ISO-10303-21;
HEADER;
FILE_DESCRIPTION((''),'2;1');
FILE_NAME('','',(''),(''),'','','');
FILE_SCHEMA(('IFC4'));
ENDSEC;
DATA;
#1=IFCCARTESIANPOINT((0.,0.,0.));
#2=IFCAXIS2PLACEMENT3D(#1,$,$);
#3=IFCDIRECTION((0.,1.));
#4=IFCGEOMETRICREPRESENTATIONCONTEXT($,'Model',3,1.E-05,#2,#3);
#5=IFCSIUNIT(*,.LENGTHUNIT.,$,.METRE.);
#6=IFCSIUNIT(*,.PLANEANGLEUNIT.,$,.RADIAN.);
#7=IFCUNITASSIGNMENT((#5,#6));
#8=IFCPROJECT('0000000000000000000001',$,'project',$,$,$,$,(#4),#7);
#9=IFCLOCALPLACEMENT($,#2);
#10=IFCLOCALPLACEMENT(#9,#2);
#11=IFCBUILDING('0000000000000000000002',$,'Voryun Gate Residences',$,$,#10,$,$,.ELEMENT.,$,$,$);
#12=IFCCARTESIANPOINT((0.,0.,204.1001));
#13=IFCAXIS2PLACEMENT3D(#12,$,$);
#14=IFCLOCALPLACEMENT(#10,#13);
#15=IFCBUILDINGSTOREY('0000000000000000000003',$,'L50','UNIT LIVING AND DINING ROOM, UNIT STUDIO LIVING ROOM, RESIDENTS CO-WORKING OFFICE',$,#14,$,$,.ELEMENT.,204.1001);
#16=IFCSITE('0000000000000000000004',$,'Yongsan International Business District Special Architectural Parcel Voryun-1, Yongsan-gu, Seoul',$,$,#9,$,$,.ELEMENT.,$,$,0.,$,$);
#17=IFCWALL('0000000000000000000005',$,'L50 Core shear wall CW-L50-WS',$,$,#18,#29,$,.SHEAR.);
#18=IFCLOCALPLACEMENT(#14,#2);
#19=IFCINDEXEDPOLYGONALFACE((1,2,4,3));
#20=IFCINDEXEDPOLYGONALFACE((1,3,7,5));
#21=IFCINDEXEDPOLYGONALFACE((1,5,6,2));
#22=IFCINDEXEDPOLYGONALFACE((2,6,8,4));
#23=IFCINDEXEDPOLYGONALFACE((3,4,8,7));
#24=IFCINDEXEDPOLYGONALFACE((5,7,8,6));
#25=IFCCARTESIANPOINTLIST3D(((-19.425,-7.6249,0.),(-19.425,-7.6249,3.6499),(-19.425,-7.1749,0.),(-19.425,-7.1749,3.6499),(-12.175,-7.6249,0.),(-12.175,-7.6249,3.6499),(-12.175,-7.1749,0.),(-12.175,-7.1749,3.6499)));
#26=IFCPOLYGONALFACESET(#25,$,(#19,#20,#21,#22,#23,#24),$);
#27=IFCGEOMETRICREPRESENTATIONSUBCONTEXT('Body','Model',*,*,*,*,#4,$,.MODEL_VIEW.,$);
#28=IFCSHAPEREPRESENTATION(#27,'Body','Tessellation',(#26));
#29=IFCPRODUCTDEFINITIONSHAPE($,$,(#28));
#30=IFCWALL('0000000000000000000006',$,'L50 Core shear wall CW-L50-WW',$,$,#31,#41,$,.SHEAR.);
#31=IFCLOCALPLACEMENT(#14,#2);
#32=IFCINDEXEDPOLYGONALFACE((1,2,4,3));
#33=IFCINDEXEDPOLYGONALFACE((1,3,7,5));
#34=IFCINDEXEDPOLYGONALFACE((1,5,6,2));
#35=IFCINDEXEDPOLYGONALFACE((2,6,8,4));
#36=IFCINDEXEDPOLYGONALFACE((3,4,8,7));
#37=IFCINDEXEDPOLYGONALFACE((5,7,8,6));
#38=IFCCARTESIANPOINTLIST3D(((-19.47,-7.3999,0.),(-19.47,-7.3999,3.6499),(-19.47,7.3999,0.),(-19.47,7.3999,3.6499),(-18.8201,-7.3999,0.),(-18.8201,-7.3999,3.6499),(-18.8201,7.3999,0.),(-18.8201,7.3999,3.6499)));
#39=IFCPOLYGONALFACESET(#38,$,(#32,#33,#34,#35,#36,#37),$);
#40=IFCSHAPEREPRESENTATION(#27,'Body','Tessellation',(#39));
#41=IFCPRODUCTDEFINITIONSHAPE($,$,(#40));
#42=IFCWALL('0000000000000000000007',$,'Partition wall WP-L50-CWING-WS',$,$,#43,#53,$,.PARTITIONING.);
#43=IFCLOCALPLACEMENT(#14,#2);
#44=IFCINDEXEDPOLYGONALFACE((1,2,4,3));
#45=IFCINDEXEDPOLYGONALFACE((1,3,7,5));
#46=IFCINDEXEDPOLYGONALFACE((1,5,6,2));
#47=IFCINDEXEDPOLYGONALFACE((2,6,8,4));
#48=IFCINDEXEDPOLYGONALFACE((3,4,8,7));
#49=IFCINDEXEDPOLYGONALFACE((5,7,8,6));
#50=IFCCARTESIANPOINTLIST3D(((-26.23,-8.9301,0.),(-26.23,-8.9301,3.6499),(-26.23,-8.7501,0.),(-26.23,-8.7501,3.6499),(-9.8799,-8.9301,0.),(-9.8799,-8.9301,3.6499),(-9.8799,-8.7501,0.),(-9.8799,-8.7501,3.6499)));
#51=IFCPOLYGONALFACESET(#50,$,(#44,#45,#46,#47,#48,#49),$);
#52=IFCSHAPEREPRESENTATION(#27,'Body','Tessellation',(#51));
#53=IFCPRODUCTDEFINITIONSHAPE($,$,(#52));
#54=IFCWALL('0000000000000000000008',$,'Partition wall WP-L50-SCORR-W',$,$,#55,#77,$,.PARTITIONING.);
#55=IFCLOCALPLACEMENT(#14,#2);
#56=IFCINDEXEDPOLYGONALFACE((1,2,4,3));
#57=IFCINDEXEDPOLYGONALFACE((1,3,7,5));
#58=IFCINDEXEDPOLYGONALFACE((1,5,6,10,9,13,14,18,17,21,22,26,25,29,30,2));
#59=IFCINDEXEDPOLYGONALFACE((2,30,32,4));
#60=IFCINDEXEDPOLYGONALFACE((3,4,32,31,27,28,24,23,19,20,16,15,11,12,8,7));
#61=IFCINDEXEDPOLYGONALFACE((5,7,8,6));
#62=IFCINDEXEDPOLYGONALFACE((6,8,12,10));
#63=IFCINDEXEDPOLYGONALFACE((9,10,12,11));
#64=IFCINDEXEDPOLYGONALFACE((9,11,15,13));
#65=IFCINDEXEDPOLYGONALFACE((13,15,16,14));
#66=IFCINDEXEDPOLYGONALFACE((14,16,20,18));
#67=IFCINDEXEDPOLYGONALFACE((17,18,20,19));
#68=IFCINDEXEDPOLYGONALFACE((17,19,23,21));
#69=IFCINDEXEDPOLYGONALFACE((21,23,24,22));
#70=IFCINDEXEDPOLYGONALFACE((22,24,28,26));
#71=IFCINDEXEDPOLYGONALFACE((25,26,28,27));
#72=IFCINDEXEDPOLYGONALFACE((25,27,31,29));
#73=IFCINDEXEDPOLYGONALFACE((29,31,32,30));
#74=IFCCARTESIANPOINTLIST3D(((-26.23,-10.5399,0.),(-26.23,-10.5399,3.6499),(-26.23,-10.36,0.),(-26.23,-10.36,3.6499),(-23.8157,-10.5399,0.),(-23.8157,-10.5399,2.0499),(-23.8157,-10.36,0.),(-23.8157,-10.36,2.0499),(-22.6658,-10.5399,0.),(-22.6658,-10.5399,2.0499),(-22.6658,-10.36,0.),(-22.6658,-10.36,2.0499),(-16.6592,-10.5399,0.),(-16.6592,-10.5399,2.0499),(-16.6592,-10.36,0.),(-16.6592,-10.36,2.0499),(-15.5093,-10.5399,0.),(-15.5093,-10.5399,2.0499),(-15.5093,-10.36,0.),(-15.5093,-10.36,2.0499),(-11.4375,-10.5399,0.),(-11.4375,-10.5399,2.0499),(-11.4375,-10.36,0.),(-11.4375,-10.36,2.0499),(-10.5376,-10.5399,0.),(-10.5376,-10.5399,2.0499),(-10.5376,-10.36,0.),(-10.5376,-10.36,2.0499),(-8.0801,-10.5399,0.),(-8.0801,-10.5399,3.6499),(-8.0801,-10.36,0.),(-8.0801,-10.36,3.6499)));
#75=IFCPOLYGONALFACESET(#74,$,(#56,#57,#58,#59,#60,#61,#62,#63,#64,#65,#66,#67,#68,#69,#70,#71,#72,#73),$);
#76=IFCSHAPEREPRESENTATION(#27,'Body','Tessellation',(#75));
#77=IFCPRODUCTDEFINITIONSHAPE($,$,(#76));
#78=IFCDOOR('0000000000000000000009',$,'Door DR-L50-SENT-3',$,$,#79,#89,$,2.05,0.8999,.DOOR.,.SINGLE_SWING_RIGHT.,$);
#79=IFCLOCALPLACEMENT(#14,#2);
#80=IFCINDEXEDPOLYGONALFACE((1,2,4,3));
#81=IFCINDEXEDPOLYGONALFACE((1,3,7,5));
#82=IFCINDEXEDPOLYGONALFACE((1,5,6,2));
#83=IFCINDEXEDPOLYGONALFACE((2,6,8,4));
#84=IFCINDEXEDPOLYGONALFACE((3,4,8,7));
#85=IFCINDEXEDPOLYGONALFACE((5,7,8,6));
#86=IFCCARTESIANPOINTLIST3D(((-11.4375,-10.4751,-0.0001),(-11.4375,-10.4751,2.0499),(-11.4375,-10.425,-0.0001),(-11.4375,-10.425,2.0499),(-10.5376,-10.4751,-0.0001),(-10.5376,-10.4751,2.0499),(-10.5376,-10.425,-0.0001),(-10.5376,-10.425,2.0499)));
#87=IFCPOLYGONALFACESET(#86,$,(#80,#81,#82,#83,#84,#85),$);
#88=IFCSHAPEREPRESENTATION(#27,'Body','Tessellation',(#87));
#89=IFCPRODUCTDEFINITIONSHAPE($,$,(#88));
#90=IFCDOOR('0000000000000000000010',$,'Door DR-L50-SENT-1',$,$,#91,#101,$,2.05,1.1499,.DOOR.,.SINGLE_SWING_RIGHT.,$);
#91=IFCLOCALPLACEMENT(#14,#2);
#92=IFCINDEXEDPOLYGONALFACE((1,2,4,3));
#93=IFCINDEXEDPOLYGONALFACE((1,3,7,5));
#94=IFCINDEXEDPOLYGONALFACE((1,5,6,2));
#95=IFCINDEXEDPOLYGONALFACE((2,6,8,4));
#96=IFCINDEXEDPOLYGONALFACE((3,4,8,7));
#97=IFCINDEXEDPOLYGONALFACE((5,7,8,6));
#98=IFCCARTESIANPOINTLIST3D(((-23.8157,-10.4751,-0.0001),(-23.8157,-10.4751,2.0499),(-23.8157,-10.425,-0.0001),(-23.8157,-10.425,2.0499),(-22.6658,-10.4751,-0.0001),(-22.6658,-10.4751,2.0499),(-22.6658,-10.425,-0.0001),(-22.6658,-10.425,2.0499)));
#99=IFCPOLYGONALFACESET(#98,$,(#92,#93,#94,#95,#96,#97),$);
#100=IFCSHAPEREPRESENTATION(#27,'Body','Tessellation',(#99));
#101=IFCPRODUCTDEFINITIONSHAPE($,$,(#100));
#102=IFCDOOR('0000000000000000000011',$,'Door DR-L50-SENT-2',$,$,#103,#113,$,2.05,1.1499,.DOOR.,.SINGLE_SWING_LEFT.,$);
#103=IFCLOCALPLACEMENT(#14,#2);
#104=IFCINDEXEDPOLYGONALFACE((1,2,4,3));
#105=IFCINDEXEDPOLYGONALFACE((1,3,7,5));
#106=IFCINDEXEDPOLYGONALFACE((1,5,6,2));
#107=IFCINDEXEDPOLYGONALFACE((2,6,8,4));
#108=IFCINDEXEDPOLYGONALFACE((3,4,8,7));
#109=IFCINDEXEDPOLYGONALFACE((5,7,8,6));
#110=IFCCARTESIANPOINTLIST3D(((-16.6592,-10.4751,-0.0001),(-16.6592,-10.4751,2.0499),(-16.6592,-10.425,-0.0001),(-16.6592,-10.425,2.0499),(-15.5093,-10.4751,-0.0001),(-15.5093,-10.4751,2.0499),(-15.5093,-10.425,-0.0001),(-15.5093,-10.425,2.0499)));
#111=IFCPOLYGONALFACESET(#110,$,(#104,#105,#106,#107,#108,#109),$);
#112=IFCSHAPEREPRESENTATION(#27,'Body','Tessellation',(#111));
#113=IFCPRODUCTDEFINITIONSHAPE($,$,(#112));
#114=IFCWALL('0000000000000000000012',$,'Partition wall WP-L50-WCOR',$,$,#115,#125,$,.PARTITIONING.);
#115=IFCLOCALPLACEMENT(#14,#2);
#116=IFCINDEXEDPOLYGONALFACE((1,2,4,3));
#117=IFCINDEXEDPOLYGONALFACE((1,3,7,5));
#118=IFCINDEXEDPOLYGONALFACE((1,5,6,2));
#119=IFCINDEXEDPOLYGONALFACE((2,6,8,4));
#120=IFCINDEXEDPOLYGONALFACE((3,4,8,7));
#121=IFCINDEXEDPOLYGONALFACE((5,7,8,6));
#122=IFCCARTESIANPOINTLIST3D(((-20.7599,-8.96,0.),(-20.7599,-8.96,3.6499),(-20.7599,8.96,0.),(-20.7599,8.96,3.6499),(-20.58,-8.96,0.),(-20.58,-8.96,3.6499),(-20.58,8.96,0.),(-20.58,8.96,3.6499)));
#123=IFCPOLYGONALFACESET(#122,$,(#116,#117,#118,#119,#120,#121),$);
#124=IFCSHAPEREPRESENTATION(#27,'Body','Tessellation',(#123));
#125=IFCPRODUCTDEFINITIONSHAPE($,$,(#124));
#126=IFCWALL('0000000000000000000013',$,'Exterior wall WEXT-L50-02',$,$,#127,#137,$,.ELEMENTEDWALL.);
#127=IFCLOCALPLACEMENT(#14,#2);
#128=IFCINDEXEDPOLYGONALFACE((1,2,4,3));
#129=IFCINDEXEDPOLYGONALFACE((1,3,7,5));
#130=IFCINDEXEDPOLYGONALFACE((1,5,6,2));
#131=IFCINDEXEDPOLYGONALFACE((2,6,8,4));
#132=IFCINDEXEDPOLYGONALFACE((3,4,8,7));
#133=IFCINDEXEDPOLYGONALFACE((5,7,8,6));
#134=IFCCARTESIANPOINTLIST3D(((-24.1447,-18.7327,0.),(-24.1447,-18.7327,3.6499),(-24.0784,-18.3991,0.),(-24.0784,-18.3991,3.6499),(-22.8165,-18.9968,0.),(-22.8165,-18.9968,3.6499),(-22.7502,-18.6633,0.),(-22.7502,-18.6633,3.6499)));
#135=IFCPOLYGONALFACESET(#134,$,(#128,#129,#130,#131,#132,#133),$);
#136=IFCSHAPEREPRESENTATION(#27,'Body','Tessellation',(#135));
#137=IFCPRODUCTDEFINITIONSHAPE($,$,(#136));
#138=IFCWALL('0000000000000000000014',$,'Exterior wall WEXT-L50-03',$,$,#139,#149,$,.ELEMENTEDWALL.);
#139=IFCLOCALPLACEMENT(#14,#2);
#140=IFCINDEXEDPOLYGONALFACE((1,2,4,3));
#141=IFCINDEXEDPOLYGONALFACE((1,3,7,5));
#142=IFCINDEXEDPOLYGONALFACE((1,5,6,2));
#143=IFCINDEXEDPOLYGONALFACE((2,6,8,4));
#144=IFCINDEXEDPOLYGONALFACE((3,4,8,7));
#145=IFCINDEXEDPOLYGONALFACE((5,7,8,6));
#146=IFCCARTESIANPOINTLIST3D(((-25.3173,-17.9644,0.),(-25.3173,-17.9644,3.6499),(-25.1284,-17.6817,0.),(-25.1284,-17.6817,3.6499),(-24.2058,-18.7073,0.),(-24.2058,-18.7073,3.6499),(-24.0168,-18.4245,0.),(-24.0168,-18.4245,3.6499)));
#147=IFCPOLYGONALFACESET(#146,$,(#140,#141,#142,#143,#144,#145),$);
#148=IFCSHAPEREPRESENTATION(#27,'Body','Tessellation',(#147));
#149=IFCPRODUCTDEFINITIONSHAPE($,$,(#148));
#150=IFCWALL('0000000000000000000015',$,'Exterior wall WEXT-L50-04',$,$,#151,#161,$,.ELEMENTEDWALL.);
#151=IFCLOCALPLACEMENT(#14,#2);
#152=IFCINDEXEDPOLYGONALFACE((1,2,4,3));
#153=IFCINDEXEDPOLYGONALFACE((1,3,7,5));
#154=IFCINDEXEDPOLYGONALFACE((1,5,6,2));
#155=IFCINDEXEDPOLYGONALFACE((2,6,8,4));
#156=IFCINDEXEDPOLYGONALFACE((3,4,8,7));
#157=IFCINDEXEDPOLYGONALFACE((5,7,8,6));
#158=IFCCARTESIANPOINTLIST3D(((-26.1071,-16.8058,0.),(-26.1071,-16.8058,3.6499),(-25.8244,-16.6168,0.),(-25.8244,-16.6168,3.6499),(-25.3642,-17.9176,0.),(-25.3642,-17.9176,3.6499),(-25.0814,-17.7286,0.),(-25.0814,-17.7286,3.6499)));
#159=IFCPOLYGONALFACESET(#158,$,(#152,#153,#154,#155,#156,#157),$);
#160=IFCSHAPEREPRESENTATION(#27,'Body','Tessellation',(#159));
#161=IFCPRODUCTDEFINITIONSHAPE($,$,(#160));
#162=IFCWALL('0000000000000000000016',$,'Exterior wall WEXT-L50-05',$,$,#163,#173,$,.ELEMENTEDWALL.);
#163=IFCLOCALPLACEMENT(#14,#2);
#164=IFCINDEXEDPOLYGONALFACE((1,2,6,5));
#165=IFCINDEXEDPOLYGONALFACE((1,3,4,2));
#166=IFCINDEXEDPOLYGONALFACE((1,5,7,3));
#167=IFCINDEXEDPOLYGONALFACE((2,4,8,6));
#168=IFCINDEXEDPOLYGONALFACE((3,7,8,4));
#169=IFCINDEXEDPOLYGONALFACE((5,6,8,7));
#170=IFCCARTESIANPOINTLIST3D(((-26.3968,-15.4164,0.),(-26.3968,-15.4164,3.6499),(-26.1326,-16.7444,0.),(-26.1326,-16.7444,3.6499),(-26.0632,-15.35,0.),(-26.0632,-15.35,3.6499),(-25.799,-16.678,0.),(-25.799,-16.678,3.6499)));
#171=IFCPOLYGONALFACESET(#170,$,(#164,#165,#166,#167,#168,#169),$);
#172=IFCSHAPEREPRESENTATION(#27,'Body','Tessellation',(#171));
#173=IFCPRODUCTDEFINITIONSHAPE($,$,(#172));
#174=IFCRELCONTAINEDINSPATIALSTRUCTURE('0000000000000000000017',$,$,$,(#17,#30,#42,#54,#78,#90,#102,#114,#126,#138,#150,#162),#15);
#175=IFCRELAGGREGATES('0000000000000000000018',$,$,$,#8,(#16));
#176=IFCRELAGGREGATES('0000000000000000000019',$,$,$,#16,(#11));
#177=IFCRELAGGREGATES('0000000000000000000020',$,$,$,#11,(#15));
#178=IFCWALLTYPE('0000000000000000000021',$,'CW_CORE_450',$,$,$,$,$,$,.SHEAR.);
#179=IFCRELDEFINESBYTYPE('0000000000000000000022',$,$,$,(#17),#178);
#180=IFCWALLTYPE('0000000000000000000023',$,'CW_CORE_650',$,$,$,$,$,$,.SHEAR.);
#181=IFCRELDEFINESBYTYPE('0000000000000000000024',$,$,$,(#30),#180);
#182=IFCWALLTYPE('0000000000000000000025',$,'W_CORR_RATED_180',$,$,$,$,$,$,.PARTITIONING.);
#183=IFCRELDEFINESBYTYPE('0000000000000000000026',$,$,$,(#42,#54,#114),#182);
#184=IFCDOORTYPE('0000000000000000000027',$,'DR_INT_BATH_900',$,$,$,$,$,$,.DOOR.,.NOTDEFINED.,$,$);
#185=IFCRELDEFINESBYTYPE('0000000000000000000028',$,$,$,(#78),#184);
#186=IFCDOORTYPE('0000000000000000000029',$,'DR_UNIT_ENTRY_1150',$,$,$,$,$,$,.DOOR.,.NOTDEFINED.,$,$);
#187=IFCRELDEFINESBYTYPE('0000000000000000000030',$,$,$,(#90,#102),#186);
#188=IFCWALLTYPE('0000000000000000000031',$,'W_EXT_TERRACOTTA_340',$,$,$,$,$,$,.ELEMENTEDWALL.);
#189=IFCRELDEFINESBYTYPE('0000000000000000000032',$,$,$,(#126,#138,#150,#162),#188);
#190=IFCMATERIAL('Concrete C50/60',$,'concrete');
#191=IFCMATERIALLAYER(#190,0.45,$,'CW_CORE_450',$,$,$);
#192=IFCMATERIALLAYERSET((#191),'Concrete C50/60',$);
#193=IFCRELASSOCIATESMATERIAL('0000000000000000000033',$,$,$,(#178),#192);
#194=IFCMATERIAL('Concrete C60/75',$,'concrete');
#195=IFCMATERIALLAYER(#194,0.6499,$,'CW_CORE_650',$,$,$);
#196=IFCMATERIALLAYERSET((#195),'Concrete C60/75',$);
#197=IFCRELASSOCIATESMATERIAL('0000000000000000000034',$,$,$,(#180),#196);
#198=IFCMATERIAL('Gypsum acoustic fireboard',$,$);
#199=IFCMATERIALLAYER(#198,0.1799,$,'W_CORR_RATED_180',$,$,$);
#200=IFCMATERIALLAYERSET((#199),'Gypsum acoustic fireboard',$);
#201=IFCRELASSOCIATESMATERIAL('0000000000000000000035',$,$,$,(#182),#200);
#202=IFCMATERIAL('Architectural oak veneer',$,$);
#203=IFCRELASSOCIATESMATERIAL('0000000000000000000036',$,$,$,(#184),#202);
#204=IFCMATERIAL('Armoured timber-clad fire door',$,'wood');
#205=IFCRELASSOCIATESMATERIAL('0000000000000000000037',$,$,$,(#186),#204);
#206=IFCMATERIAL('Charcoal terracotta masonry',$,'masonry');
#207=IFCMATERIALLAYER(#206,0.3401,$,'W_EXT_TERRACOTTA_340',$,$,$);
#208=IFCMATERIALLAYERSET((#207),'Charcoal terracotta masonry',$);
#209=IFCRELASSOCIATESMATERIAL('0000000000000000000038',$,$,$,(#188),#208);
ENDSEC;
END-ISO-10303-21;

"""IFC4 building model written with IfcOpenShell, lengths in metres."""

from ifc_helpers import new_model, si_unit, direction, frame, frame_2d, origin, place, context, subcontext, project, spatial, rectangle, extrude, material, layer, layer_set, type_object, element, fill, save


model = new_model("IFC4")

# Units and contexts
model_context = context("Model", 3, precision=1e-05, world=origin(), true_north=direction((0.0, 1.0)))
body_context = subcontext(model_context, "Body", "Model", "MODEL_VIEW")
ifc_project = project(units=[si_unit("LENGTHUNIT", "METRE"), si_unit("PLANEANGLEUNIT", "RADIAN")], contexts=[model_context])

# Site, building, storey
site_placement = place(None, origin())
site = spatial("IfcSite", under=ifc_project, at=site_placement, Name="Yongsan International Business District Special Architectural Parcel Voryun-1, Yongsan-gu, Seoul", CompositionType="ELEMENT", RefElevation=0.0)
building_placement = place(site_placement, origin())
building = spatial("IfcBuilding", under=site, at=building_placement, Name="Voryun Gate Residences", CompositionType="ELEMENT")
storey_placement = place(building_placement, frame((0.0, 0.0, 204.1001)))
storey = spatial("IfcBuildingStorey", under=building, at=storey_placement, Name="L50", Description="UNIT LIVING AND DINING ROOM, UNIT STUDIO LIVING ROOM, RESIDENTS CO-WORKING OFFICE", CompositionType="ELEMENT", Elevation=204.1001)

# Walls
ifc_material_1 = material(Name="Concrete C50/60", Category="concrete")
ifc_layer_1 = layer(ifc_material_1, 0.45, Name="CW_CORE_450")
ifc_layer_set_1 = layer_set([ifc_layer_1], Name="Concrete C50/60")
wall_type_1 = type_object("IfcWallType", Name="CW_CORE_450", PredefinedType="SHEAR", material=ifc_layer_set_1)
wall_1_placement = place(storey_placement, frame((-19.425, -7.3999, 0.0), z_axis=(0.0, 0.0, 1.0), x_axis=(1.0, 0.0, 0.0)))
element("IfcWall", 1, at=wall_1_placement, inside=storey, type_object=wall_type_1, Name="L50 Core shear wall CW-L50-WS", PredefinedType="SHEAR", context=body_context, shape_type="SweptSolid", body=[
    extrude(rectangle(XDim=7.25, YDim=0.45, at=frame_2d((3.625, 0.0))), origin(), (0.0, 0.0, 1.0), 3.6499),
])
ifc_material_2 = material(Name="Concrete C60/75", Category="concrete")
ifc_layer_2 = layer(ifc_material_2, 0.6499, Name="CW_CORE_650")
ifc_layer_set_2 = layer_set([ifc_layer_2], Name="Concrete C60/75")
wall_type_2 = type_object("IfcWallType", Name="CW_CORE_650", PredefinedType="SHEAR", material=ifc_layer_set_2)
wall_2_placement = place(storey_placement, frame((-19.145, -7.3999, 0.0), z_axis=(0.0, 0.0, 1.0), x_axis=(0.0, 1.0, 0.0)))
element("IfcWall", 2, at=wall_2_placement, inside=storey, type_object=wall_type_2, Name="L50 Core shear wall CW-L50-WW", PredefinedType="SHEAR", context=body_context, shape_type="SweptSolid", body=[
    extrude(rectangle(XDim=14.7998, YDim=0.6499, at=frame_2d((7.3999, 0.0))), origin(), (0.0, 0.0, 1.0), 3.6499),
])
ifc_material_3 = material(Name="Gypsum acoustic fireboard")
ifc_layer_3 = layer(ifc_material_3, 0.1799, Name="W_CORR_RATED_180")
ifc_layer_set_3 = layer_set([ifc_layer_3], Name="Gypsum acoustic fireboard")
wall_type_3 = type_object("IfcWallType", Name="W_CORR_RATED_180", PredefinedType="PARTITIONING", material=ifc_layer_set_3)
wall_3_placement = place(storey_placement, frame((-26.23, -8.8401, 0.0), z_axis=(0.0, 0.0, 1.0), x_axis=(1.0, 0.0, 0.0)))
element("IfcWall", 3, at=wall_3_placement, inside=storey, type_object=wall_type_3, Name="Partition wall WP-L50-CWING-WS", PredefinedType="PARTITIONING", context=body_context, shape_type="SweptSolid", body=[
    extrude(rectangle(XDim=16.3501, YDim=0.1799, at=frame_2d((8.175, 0.0))), origin(), (0.0, 0.0, 1.0), 3.6499),
])

# Wall, openings, doors
wall_4_placement = place(storey_placement, frame((-26.23, -10.45, 0.0), z_axis=(0.0, 0.0, 1.0), x_axis=(1.0, 0.0, 0.0)))
wall_4 = element("IfcWall", 4, at=wall_4_placement, inside=storey, type_object=wall_type_3, Name="Partition wall WP-L50-SCORR-W", PredefinedType="PARTITIONING", context=body_context, shape_type="SweptSolid", body=[
    extrude(rectangle(XDim=18.1499, YDim=0.1799, at=frame_2d((9.075, 0.0))), origin(), (0.0, 0.0, 1.0), 3.6499),
])
opening_1_placement = place(wall_4_placement, frame((2.4143, 0.0, 0.0)))
opening_1 = element("IfcOpeningElement", 5, at=opening_1_placement, cuts=wall_4, PredefinedType="OPENING", context=body_context, shape_type="SweptSolid", body=[
    extrude(rectangle(XDim=1.1499, YDim=2.05, at=frame_2d((0.575, 1.0249))), frame((0.0, 0.0999, 0.0), z_axis=(0.0, -1.0, 0.0), x_axis=(1.0, 0.0, 0.0)), (0.0, 0.0, 1.0), 0.2),
])
opening_2_placement = place(wall_4_placement, frame((9.5708, 0.0, 0.0)))
opening_2 = element("IfcOpeningElement", 6, at=opening_2_placement, cuts=wall_4, PredefinedType="OPENING", context=body_context, shape_type="SweptSolid", body=[
    extrude(rectangle(XDim=1.1499, YDim=2.05, at=frame_2d((0.575, 1.0249))), frame((0.0, 0.0999, 0.0), z_axis=(0.0, -1.0, 0.0), x_axis=(1.0, 0.0, 0.0)), (0.0, 0.0, 1.0), 0.2),
])
opening_3_placement = place(wall_4_placement, frame((14.7925, 0.0, 0.0)))
opening_3 = element("IfcOpeningElement", 7, at=opening_3_placement, cuts=wall_4, PredefinedType="OPENING", context=body_context, shape_type="SweptSolid", body=[
    extrude(rectangle(XDim=0.8999, YDim=2.05, at=frame_2d((0.45, 1.0249))), frame((0.0, 0.0999, 0.0), z_axis=(0.0, -1.0, 0.0), x_axis=(1.0, 0.0, 0.0)), (0.0, 0.0, 1.0), 0.2),
])
ifc_material_4 = material(Name="Architectural oak veneer")
door_type_1 = type_object("IfcDoorType", Name="DR_INT_BATH_900", OperationType="NOTDEFINED", PredefinedType="DOOR", material=ifc_material_4)
door_1_placement = place(opening_3_placement, origin())
door_1 = element("IfcDoor", 8, at=door_1_placement, inside=storey, type_object=door_type_1, Name="Door DR-L50-SENT-3", OperationType="SINGLE_SWING_RIGHT", OverallHeight=2.05, OverallWidth=0.8999, PredefinedType="DOOR", context=body_context, shape_type="SweptSolid", body=[
    extrude(rectangle(XDim=0.8999, YDim=2.05, at=frame_2d((0.45, 1.0249))), frame((0.0, 0.0249, 0.0), z_axis=(0.0, -1.0, 0.0), x_axis=(1.0, 0.0, 0.0)), (0.0, 0.0, 1.0), 0.05),
])
fill(opening_3, door_1)
ifc_material_5 = material(Name="Armoured timber-clad fire door", Category="wood")
door_type_2 = type_object("IfcDoorType", Name="DR_UNIT_ENTRY_1150", OperationType="NOTDEFINED", PredefinedType="DOOR", material=ifc_material_5)
door_2_placement = place(opening_1_placement, origin())
door_2 = element("IfcDoor", 9, at=door_2_placement, inside=storey, type_object=door_type_2, Name="Door DR-L50-SENT-1", OperationType="SINGLE_SWING_RIGHT", OverallHeight=2.05, OverallWidth=1.1499, PredefinedType="DOOR", context=body_context, shape_type="SweptSolid", body=[
    extrude(rectangle(XDim=1.1499, YDim=2.05, at=frame_2d((0.575, 1.0249))), frame((0.0, 0.0249, 0.0), z_axis=(0.0, -1.0, 0.0), x_axis=(1.0, 0.0, 0.0)), (0.0, 0.0, 1.0), 0.05),
])
fill(opening_1, door_2)
door_3_placement = place(opening_2_placement, origin())
door_3 = element("IfcDoor", 10, at=door_3_placement, inside=storey, type_object=door_type_2, Name="Door DR-L50-SENT-2", OperationType="SINGLE_SWING_LEFT", OverallHeight=2.05, OverallWidth=1.1499, PredefinedType="DOOR", context=body_context, shape_type="SweptSolid", body=[
    extrude(rectangle(XDim=1.1499, YDim=2.05, at=frame_2d((0.575, 1.0249))), frame((0.0, 0.0249, 0.0), z_axis=(0.0, -1.0, 0.0), x_axis=(1.0, 0.0, 0.0)), (0.0, 0.0, 1.0), 0.05),
])
fill(opening_2, door_3)

# Walls
wall_5_placement = place(storey_placement, frame((-20.6699, -8.96, 0.0), z_axis=(0.0, 0.0, 1.0), x_axis=(0.0, 1.0, 0.0)))
element("IfcWall", 11, at=wall_5_placement, inside=storey, type_object=wall_type_3, Name="Partition wall WP-L50-WCOR", PredefinedType="PARTITIONING", context=body_context, shape_type="SweptSolid", body=[
    extrude(rectangle(XDim=17.9199, YDim=0.1799, at=frame_2d((8.96, 0.0))), origin(), (0.0, 0.0, 1.0), 3.6499),
])
ifc_material_6 = material(Name="Charcoal terracotta masonry", Category="masonry")
ifc_layer_4 = layer(ifc_material_6, 0.3401, Name="W_EXT_TERRACOTTA_340")
ifc_layer_set_4 = layer_set([ifc_layer_4], Name="Charcoal terracotta masonry")
wall_type_4 = type_object("IfcWallType", Name="W_EXT_TERRACOTTA_340", PredefinedType="ELEMENTEDWALL", material=ifc_layer_set_4)
wall_6_placement = place(storey_placement, frame((-22.7832, -18.8301, 0.0), z_axis=(0.0, 0.0, 1.0), x_axis=(-0.980788, 0.195076, 0.0)))
element("IfcWall", 12, at=wall_6_placement, inside=storey, type_object=wall_type_4, Name="Exterior wall WEXT-L50-02", PredefinedType="ELEMENTEDWALL", context=body_context, shape_type="SweptSolid", body=[
    extrude(rectangle(XDim=1.3542, YDim=0.3401, at=frame_2d((0.6772, 0.0))), origin(), (0.0, 0.0, 1.0), 3.6499),
])
wall_7_placement = place(storey_placement, frame((-24.1113, -18.5659, 0.0), z_axis=(0.0, 0.0, 1.0), x_axis=(-0.831404, 0.555669, 0.0)))
element("IfcWall", 13, at=wall_7_placement, inside=storey, type_object=wall_type_4, Name="Exterior wall WEXT-L50-03", PredefinedType="ELEMENTEDWALL", context=body_context, shape_type="SweptSolid", body=[
    extrude(rectangle(XDim=1.3369, YDim=0.3401, at=frame_2d((0.6685, 0.0))), origin(), (0.0, 0.0, 1.0), 3.6499),
])
wall_8_placement = place(storey_placement, frame((-25.2229, -17.823, 0.0), z_axis=(0.0, 0.0, 1.0), x_axis=(-0.555585, 0.83146, 0.0)))
element("IfcWall", 14, at=wall_8_placement, inside=storey, type_object=wall_type_4, Name="Exterior wall WEXT-L50-04", PredefinedType="ELEMENTEDWALL", context=body_context, shape_type="SweptSolid", body=[
    extrude(rectangle(XDim=1.3372, YDim=0.3401, at=frame_2d((0.6685, 0.0))), origin(), (0.0, 0.0, 1.0), 3.6499),
])
wall_9_placement = place(storey_placement, frame((-25.9658, -16.7112, 0.0), z_axis=(0.0, 0.0, 1.0), x_axis=(-0.19511, 0.980781, 0.0)))
element("IfcWall", 15, at=wall_9_placement, inside=storey, type_object=wall_type_4, Name="Exterior wall WEXT-L50-05", PredefinedType="ELEMENTEDWALL", context=body_context, shape_type="SweptSolid", body=[
    extrude(rectangle(XDim=1.354, YDim=0.3401, at=frame_2d((0.677, 0.0))), origin(), (0.0, 0.0, 1.0), 3.6499),
])

save(model, "model.ifc")
